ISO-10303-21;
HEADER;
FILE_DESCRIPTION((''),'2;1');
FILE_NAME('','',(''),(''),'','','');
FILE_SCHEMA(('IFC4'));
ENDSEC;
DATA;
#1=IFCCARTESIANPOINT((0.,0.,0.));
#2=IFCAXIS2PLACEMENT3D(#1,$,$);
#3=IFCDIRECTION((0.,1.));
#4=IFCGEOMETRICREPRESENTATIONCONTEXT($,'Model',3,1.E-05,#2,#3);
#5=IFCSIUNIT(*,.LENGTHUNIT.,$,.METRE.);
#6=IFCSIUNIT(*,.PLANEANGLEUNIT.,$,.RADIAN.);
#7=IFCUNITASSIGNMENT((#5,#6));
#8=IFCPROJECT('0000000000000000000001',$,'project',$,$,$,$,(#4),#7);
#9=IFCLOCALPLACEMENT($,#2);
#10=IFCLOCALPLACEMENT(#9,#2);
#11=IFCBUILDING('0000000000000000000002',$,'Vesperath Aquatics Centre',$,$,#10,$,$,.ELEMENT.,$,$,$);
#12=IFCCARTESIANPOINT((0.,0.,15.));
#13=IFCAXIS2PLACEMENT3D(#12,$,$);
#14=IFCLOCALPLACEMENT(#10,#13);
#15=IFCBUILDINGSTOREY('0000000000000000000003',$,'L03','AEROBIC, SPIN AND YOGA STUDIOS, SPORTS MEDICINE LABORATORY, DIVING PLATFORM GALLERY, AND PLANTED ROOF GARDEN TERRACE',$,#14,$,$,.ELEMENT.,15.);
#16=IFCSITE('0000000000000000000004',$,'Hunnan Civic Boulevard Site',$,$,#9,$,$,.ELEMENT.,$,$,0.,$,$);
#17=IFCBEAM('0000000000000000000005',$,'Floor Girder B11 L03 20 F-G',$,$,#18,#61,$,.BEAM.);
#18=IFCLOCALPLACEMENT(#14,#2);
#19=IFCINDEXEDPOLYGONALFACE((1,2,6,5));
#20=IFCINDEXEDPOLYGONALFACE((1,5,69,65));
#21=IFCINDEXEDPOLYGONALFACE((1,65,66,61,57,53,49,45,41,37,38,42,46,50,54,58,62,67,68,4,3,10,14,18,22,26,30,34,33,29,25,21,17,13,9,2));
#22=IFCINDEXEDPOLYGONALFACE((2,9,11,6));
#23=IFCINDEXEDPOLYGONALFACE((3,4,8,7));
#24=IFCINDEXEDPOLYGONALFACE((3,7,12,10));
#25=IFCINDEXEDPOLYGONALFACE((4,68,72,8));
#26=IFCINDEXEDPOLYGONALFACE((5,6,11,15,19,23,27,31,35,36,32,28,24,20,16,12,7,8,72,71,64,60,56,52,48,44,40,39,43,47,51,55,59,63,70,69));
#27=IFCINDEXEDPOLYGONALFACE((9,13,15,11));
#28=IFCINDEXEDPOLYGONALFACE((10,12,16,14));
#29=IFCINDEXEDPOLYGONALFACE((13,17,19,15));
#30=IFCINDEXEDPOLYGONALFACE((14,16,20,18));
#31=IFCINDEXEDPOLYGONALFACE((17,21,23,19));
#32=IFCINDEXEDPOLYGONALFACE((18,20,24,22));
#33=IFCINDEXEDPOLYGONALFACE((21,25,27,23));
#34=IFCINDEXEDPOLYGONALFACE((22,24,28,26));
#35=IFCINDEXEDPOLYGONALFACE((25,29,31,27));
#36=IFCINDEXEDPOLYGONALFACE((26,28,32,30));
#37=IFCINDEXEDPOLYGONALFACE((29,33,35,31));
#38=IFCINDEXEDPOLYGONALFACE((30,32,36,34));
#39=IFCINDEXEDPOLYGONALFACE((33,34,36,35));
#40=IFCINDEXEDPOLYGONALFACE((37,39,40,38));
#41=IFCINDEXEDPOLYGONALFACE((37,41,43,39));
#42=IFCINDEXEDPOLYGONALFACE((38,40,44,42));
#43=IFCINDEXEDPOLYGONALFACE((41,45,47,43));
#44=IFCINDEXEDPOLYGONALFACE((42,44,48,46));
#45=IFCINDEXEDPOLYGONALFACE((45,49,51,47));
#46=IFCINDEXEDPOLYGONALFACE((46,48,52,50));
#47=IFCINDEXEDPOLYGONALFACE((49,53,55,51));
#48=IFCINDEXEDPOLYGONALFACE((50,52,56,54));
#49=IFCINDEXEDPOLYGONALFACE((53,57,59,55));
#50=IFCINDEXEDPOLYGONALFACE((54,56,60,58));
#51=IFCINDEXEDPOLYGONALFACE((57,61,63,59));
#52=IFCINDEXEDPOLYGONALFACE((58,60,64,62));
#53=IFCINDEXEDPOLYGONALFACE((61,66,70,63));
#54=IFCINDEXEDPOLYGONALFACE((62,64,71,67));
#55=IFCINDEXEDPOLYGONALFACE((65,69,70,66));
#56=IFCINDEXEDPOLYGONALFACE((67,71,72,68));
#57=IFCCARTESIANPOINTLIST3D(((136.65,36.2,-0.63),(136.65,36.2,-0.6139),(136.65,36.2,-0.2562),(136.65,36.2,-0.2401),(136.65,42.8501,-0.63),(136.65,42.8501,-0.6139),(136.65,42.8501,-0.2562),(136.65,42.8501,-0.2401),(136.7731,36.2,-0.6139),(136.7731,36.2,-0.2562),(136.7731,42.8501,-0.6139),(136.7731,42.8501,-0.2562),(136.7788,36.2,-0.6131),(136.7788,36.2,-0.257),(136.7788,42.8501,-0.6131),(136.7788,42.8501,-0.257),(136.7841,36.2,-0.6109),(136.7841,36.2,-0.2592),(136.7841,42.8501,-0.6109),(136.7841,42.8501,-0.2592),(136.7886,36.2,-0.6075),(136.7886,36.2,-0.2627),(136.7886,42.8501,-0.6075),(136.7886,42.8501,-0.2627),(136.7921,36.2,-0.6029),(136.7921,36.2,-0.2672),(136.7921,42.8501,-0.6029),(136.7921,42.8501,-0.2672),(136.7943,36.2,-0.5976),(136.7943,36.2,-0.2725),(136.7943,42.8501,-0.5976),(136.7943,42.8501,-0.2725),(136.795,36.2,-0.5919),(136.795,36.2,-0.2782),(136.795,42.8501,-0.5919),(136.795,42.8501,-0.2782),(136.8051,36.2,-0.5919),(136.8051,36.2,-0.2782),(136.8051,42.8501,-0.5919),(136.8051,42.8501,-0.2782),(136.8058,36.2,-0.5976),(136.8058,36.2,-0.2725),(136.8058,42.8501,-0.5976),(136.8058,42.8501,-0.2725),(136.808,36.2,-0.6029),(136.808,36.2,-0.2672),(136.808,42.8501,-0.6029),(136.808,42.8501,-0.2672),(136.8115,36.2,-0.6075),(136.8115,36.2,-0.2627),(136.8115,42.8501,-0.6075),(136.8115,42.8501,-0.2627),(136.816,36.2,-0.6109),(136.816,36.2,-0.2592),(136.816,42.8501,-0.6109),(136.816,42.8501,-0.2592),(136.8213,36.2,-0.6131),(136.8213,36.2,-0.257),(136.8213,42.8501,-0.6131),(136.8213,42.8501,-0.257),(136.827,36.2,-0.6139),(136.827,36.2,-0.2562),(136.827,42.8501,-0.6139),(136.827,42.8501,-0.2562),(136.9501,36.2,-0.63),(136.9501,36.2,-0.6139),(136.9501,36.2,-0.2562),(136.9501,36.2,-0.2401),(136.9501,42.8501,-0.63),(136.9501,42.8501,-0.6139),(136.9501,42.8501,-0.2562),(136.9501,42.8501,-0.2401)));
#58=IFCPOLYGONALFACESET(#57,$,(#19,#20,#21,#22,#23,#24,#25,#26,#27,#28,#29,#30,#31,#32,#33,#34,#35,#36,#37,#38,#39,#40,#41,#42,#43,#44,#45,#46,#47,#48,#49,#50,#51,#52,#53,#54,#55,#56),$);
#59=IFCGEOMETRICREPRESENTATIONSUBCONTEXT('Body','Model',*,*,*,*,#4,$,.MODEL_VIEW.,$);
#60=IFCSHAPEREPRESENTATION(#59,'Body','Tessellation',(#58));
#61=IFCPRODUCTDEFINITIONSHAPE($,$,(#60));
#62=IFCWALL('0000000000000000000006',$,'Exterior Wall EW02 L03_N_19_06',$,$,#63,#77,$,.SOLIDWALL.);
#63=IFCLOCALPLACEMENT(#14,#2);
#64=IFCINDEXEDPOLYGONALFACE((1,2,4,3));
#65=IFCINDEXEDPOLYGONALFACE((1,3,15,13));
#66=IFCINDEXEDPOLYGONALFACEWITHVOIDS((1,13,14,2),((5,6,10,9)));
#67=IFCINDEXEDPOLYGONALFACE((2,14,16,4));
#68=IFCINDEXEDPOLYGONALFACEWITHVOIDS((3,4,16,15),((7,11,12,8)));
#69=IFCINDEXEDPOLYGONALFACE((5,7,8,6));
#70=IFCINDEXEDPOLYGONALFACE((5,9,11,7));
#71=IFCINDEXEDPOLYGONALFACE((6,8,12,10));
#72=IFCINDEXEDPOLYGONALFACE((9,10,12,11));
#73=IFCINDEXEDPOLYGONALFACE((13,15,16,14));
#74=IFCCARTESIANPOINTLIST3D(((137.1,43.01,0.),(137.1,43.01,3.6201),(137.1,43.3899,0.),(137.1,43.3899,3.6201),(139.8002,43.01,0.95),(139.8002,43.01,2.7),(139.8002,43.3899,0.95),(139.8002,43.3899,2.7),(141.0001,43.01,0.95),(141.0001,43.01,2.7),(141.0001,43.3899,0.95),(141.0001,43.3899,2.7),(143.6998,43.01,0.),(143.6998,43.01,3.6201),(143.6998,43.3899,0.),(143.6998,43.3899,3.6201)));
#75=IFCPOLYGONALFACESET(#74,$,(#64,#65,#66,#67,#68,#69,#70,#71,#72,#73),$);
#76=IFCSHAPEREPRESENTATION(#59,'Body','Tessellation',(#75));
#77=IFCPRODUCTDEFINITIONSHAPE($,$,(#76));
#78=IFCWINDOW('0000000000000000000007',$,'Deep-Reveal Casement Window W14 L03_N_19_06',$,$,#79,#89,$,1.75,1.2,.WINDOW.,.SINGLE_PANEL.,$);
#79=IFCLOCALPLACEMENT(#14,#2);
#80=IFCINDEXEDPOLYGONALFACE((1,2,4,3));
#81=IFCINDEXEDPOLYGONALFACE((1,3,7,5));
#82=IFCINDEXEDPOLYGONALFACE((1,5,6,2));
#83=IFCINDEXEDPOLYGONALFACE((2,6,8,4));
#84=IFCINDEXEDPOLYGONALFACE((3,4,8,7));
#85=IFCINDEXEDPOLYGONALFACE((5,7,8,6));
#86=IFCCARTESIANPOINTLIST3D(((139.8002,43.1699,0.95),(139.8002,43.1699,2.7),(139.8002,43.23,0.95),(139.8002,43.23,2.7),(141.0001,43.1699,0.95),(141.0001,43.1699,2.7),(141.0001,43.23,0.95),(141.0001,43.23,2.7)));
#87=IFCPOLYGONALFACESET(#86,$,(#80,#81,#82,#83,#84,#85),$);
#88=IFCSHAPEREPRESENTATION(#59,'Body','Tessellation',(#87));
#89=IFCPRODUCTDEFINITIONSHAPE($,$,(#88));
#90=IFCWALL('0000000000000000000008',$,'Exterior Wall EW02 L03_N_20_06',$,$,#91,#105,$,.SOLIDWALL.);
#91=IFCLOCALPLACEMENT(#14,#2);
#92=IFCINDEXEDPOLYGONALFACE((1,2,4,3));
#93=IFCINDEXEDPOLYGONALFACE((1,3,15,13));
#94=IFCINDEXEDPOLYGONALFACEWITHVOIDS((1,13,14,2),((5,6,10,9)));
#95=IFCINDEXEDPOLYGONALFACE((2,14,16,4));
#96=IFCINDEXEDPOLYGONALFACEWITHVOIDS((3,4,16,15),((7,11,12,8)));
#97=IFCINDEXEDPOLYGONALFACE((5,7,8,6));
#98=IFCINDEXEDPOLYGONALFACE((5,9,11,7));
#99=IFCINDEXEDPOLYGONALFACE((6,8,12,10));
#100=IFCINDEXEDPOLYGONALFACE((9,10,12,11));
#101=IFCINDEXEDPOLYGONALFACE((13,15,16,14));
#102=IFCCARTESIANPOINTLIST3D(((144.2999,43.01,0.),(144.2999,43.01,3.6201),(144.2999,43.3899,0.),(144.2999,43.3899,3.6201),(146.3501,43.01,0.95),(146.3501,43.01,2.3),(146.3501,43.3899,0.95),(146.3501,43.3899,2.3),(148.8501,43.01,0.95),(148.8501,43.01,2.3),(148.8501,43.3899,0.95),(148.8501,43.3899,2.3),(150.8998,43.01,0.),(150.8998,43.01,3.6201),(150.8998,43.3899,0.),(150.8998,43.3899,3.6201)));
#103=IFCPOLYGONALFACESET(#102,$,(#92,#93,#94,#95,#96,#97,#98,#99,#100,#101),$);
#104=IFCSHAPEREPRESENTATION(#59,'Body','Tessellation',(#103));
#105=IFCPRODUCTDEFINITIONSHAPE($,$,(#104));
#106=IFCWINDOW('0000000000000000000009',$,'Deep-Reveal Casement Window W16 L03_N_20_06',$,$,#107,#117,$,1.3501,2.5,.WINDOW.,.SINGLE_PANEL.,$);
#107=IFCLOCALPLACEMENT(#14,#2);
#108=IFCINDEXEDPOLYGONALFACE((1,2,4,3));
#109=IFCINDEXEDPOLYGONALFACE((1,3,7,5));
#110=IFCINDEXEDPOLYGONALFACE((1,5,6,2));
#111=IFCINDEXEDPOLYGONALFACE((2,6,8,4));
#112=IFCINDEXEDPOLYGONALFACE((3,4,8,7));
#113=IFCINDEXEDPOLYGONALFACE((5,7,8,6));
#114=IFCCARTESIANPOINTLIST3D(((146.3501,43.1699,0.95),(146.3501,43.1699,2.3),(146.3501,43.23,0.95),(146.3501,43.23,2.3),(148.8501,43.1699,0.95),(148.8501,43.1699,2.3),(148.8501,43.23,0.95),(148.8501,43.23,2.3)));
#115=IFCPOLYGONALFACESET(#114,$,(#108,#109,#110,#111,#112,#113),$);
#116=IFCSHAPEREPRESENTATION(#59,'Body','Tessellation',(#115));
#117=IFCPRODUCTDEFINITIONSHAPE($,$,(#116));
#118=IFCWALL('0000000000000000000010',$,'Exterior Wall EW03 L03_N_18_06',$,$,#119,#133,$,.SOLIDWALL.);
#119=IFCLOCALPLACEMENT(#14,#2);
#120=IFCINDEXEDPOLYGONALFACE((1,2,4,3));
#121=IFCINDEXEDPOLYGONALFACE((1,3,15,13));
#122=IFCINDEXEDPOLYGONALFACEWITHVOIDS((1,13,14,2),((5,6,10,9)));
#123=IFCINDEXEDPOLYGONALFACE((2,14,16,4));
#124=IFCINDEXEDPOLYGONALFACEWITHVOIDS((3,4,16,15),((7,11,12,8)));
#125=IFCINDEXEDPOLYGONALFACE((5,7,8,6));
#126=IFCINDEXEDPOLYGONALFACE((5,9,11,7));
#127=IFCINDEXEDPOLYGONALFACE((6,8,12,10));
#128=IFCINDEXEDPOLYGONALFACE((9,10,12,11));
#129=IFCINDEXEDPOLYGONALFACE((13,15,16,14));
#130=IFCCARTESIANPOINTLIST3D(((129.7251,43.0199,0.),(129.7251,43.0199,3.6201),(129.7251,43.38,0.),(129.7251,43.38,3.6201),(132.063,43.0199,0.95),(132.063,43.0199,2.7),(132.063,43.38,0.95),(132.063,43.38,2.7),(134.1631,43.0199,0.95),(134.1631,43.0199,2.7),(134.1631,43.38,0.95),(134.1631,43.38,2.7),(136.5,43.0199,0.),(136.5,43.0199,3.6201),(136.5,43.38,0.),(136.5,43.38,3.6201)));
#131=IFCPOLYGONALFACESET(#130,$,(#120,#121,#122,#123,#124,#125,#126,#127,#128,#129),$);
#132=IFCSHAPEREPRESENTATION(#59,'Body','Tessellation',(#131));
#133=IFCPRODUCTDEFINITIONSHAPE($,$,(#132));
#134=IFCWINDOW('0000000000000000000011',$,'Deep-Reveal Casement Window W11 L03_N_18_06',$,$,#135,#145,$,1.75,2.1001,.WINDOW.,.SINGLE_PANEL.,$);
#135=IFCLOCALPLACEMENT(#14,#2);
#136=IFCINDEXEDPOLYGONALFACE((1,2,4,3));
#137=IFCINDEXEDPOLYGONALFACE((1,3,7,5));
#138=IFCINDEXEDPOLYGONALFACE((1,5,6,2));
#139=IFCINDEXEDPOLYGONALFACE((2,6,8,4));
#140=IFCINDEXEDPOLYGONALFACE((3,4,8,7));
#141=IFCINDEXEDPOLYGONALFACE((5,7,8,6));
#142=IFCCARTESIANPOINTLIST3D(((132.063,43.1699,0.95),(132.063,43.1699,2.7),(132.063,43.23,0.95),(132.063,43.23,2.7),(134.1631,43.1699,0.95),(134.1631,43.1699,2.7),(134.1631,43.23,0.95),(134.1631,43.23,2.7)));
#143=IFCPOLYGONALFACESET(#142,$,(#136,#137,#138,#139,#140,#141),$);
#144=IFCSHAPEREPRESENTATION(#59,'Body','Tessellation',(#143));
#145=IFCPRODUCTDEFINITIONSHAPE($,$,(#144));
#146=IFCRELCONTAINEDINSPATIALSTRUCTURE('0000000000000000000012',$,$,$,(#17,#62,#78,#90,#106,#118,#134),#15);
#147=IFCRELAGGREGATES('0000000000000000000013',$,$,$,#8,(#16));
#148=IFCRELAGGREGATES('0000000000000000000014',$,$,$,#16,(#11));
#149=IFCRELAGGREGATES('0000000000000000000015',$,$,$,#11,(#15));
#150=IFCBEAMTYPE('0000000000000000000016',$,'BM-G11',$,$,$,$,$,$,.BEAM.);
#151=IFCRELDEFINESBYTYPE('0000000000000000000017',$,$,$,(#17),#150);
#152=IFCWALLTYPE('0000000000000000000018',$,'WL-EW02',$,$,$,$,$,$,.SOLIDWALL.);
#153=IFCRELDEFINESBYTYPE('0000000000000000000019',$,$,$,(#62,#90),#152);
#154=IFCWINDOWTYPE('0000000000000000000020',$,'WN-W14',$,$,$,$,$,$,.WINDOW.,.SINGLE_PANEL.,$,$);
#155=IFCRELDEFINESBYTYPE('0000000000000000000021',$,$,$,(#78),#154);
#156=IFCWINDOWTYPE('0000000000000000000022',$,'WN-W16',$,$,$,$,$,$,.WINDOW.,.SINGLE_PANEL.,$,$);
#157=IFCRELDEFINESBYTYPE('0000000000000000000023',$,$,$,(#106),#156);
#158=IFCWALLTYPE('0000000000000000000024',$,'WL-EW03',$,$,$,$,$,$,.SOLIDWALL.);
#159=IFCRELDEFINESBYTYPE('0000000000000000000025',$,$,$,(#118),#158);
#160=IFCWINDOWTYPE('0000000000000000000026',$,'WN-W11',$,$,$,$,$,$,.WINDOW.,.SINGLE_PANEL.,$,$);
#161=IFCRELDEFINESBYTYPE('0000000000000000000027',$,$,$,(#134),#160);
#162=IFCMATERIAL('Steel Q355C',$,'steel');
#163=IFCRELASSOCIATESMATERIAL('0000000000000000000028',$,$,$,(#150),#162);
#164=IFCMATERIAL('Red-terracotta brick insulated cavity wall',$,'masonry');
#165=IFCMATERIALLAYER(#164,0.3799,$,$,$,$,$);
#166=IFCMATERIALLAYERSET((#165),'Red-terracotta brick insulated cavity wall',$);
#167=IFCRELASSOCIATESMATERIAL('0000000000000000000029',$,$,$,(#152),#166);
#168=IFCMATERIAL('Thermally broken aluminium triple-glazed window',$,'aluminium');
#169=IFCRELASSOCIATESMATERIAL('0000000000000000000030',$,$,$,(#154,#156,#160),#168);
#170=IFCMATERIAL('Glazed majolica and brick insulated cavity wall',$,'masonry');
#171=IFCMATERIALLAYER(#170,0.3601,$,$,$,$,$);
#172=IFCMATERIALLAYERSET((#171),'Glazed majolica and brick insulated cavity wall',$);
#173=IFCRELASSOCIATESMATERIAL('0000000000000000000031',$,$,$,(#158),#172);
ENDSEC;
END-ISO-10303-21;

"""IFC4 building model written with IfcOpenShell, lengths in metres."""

from ifc_helpers import new_model, si_unit, direction, frame, frame_2d, origin, origin_2d, place, context, subcontext, project, spatial, rectangle, i_section, extrude, material, layer, layer_set, material_profile, profile_set, type_object, element, fill, save


model = new_model("IFC4")

# Units and contexts
model_context = context("Model", 3, precision=1e-05, world=origin(), true_north=direction((0.0, 1.0)))
body_context = subcontext(model_context, "Body", "Model", "MODEL_VIEW")
ifc_project = project(units=[si_unit("LENGTHUNIT", "METRE"), si_unit("PLANEANGLEUNIT", "RADIAN")], contexts=[model_context])

# Site, building, storey
site_placement = place(None, origin())
site = spatial("IfcSite", under=ifc_project, at=site_placement, Name="Hunnan Civic Boulevard Site", CompositionType="ELEMENT", RefElevation=0.0)
building_placement = place(site_placement, origin())
building = spatial("IfcBuilding", under=site, at=building_placement, Name="Vesperath Aquatics Centre", CompositionType="ELEMENT")
storey_placement = place(building_placement, frame((0.0, 0.0, 15.0)))
storey = spatial("IfcBuildingStorey", under=building, at=storey_placement, Name="L03", Description="AEROBIC, SPIN AND YOGA STUDIOS, SPORTS MEDICINE LABORATORY, DIVING PLATFORM GALLERY, AND PLANTED ROOF GARDEN TERRACE", CompositionType="ELEMENT", Elevation=15.0)

# Shared definitions
ifc_material_1 = material(Name="Steel Q355C", Category="steel")

# Beam
ifc_material_profile_1 = material_profile(ifc_material_1, i_section(OverallWidth=0.3, OverallDepth=0.3899, WebThickness=0.01, FlangeThickness=0.0161, FilletRadius=0.022, at=origin_2d()), Name="HM 390x300x10x16")
ifc_profile_set_1 = profile_set([ifc_material_profile_1], Name="Steel Q355C")
beam_type_1 = type_object("IfcBeamType", Name="BM-G11", PredefinedType="BEAM", material=ifc_profile_set_1)
for number, where, z_axis, x_axis, name in (
    (1, (136.8, 36.2, -0.4351), (0.0, 1.0, 0.0), (-1.0, 0.0, 0.0), "Floor Girder B11 L03 20 F-G"),
):
    element("IfcBeam", number, at=place(storey_placement, frame(where, z_axis=z_axis, x_axis=x_axis)), inside=storey, type_object=beam_type_1, Name=name, PredefinedType="BEAM", context=body_context, shape_type="SweptSolid", body=[
        extrude(i_section(OverallWidth=0.3, OverallDepth=0.3899, WebThickness=0.01, FlangeThickness=0.0161, FilletRadius=0.022, at=origin_2d()), origin(), (0.0, 0.0, 1.0), 6.6501),
    ])

# Walls, openings, windows
ifc_material_2 = material(Name="Red-terracotta brick insulated cavity wall", Category="masonry")
ifc_layer_1 = layer(ifc_material_2, 0.3799)
ifc_layer_set_1 = layer_set([ifc_layer_1], Name="Red-terracotta brick insulated cavity wall")
wall_type_1 = type_object("IfcWallType", Name="WL-EW02", PredefinedType="SOLIDWALL", material=ifc_layer_set_1)
wall_1_placement = place(storey_placement, frame((137.1001, 43.2, 0.0), z_axis=(0.0, 0.0, 1.0), x_axis=(1.0, 0.0, 0.0)))
wall_1 = element("IfcWall", 2, at=wall_1_placement, inside=storey, type_object=wall_type_1, Name="Exterior Wall EW02 L03_N_19_06", PredefinedType="SOLIDWALL", context=body_context, shape_type="SweptSolid", body=[
    extrude(rectangle(XDim=6.5999, YDim=0.3799, at=frame_2d((3.2998, 0.0))), origin(), (0.0, 0.0, 1.0), 3.6201),
])
opening_1_placement = place(wall_1_placement, frame((2.7, 0.0, 0.95)))
opening_1 = element("IfcOpeningElement", 3, at=opening_1_placement, cuts=wall_1, PredefinedType="OPENING", context=body_context, shape_type="SweptSolid", body=[
    extrude(rectangle(XDim=1.2, YDim=1.75, at=frame_2d((0.6001, 0.875))), frame((0.0, 0.2048, 0.0), z_axis=(0.0, -1.0, 0.0), x_axis=(1.0, 0.0, 0.0)), (0.0, 0.0, 1.0), 0.4097),
])
ifc_material_3 = material(Name="Thermally broken aluminium triple-glazed window", Category="aluminium")
window_type_1 = type_object("IfcWindowType", Name="WN-W14", PartitioningType="SINGLE_PANEL", PredefinedType="WINDOW", material=ifc_material_3)
window_1_placement = place(opening_1_placement, origin())
window_1 = element("IfcWindow", 4, at=window_1_placement, inside=storey, type_object=window_type_1, Name="Deep-Reveal Casement Window W14 L03_N_19_06", OverallHeight=1.75, OverallWidth=1.2, PartitioningType="SINGLE_PANEL", PredefinedType="WINDOW", context=body_context, shape_type="SweptSolid", body=[
    extrude(rectangle(XDim=1.2, YDim=1.75, at=frame_2d((0.6001, 0.875))), frame((0.0, 0.03, 0.0), z_axis=(0.0, -1.0, 0.0), x_axis=(1.0, 0.0, 0.0)), (0.0, 0.0, 1.0), 0.0601),
])
fill(opening_1, window_1)
wall_2_placement = place(storey_placement, frame((144.3, 43.2, 0.0), z_axis=(0.0, 0.0, 1.0), x_axis=(1.0, 0.0, 0.0)))
wall_2 = element("IfcWall", 5, at=wall_2_placement, inside=storey, type_object=wall_type_1, Name="Exterior Wall EW02 L03_N_20_06", PredefinedType="SOLIDWALL", context=body_context, shape_type="SweptSolid", body=[
    extrude(rectangle(XDim=6.5999, YDim=0.3799, at=frame_2d((3.2998, 0.0))), origin(), (0.0, 0.0, 1.0), 3.6201),
])
opening_2_placement = place(wall_2_placement, frame((2.05, 0.0, 0.95)))
opening_2 = element("IfcOpeningElement", 6, at=opening_2_placement, cuts=wall_2, PredefinedType="OPENING", context=body_context, shape_type="SweptSolid", body=[
    extrude(rectangle(XDim=2.5, YDim=1.3501, at=frame_2d((1.25, 0.675))), frame((0.0, 0.2048, 0.0), z_axis=(0.0, -1.0, 0.0), x_axis=(1.0, 0.0, 0.0)), (0.0, 0.0, 1.0), 0.4097),
])
window_type_2 = type_object("IfcWindowType", Name="WN-W16", PartitioningType="SINGLE_PANEL", PredefinedType="WINDOW", material=ifc_material_3)
window_2_placement = place(opening_2_placement, origin())
window_2 = element("IfcWindow", 7, at=window_2_placement, inside=storey, type_object=window_type_2, Name="Deep-Reveal Casement Window W16 L03_N_20_06", OverallHeight=1.3501, OverallWidth=2.5, PartitioningType="SINGLE_PANEL", PredefinedType="WINDOW", context=body_context, shape_type="SweptSolid", body=[
    extrude(rectangle(XDim=2.5, YDim=1.3501, at=frame_2d((1.25, 0.675))), frame((0.0, 0.03, 0.0), z_axis=(0.0, -1.0, 0.0), x_axis=(1.0, 0.0, 0.0)), (0.0, 0.0, 1.0), 0.0601),
])
fill(opening_2, window_2)
ifc_material_4 = material(Name="Glazed majolica and brick insulated cavity wall", Category="masonry")
ifc_layer_2 = layer(ifc_material_4, 0.3601)
ifc_layer_set_2 = layer_set([ifc_layer_2], Name="Glazed majolica and brick insulated cavity wall")
wall_type_2 = type_object("IfcWallType", Name="WL-EW03", PredefinedType="SOLIDWALL", material=ifc_layer_set_2)
wall_3_placement = place(storey_placement, frame((129.7251, 43.2, 0.0), z_axis=(0.0, 0.0, 1.0), x_axis=(1.0, 0.0, 0.0)))
wall_3 = element("IfcWall", 8, at=wall_3_placement, inside=storey, type_object=wall_type_2, Name="Exterior Wall EW03 L03_N_18_06", PredefinedType="SOLIDWALL", context=body_context, shape_type="SweptSolid", body=[
    extrude(rectangle(XDim=6.7749, YDim=0.3601, at=frame_2d((3.3875, 0.0))), origin(), (0.0, 0.0, 1.0), 3.6201),
])
opening_3_placement = place(wall_3_placement, frame((2.3379, 0.0, 0.95)))
opening_3 = element("IfcOpeningElement", 9, at=opening_3_placement, cuts=wall_3, PredefinedType="OPENING", context=body_context, shape_type="SweptSolid", body=[
    extrude(rectangle(XDim=2.1001, YDim=1.75, at=frame_2d((1.05, 0.875))), frame((0.0, 0.1948, 0.0), z_axis=(0.0, -1.0, 0.0), x_axis=(1.0, 0.0, 0.0)), (0.0, 0.0, 1.0), 0.3899),
])
window_type_3 = type_object("IfcWindowType", Name="WN-W11", PartitioningType="SINGLE_PANEL", PredefinedType="WINDOW", material=ifc_material_3)
window_3_placement = place(opening_3_placement, origin())
window_3 = element("IfcWindow", 10, at=window_3_placement, inside=storey, type_object=window_type_3, Name="Deep-Reveal Casement Window W11 L03_N_18_06", OverallHeight=1.75, OverallWidth=2.1001, PartitioningType="SINGLE_PANEL", PredefinedType="WINDOW", context=body_context, shape_type="SweptSolid", body=[
    extrude(rectangle(XDim=2.1001, YDim=1.75, at=frame_2d((1.05, 0.875))), frame((0.0, 0.03, 0.0), z_axis=(0.0, -1.0, 0.0), x_axis=(1.0, 0.0, 0.0)), (0.0, 0.0, 1.0), 0.0601),
])
fill(opening_3, window_3)

save(model, "model.ifc")
